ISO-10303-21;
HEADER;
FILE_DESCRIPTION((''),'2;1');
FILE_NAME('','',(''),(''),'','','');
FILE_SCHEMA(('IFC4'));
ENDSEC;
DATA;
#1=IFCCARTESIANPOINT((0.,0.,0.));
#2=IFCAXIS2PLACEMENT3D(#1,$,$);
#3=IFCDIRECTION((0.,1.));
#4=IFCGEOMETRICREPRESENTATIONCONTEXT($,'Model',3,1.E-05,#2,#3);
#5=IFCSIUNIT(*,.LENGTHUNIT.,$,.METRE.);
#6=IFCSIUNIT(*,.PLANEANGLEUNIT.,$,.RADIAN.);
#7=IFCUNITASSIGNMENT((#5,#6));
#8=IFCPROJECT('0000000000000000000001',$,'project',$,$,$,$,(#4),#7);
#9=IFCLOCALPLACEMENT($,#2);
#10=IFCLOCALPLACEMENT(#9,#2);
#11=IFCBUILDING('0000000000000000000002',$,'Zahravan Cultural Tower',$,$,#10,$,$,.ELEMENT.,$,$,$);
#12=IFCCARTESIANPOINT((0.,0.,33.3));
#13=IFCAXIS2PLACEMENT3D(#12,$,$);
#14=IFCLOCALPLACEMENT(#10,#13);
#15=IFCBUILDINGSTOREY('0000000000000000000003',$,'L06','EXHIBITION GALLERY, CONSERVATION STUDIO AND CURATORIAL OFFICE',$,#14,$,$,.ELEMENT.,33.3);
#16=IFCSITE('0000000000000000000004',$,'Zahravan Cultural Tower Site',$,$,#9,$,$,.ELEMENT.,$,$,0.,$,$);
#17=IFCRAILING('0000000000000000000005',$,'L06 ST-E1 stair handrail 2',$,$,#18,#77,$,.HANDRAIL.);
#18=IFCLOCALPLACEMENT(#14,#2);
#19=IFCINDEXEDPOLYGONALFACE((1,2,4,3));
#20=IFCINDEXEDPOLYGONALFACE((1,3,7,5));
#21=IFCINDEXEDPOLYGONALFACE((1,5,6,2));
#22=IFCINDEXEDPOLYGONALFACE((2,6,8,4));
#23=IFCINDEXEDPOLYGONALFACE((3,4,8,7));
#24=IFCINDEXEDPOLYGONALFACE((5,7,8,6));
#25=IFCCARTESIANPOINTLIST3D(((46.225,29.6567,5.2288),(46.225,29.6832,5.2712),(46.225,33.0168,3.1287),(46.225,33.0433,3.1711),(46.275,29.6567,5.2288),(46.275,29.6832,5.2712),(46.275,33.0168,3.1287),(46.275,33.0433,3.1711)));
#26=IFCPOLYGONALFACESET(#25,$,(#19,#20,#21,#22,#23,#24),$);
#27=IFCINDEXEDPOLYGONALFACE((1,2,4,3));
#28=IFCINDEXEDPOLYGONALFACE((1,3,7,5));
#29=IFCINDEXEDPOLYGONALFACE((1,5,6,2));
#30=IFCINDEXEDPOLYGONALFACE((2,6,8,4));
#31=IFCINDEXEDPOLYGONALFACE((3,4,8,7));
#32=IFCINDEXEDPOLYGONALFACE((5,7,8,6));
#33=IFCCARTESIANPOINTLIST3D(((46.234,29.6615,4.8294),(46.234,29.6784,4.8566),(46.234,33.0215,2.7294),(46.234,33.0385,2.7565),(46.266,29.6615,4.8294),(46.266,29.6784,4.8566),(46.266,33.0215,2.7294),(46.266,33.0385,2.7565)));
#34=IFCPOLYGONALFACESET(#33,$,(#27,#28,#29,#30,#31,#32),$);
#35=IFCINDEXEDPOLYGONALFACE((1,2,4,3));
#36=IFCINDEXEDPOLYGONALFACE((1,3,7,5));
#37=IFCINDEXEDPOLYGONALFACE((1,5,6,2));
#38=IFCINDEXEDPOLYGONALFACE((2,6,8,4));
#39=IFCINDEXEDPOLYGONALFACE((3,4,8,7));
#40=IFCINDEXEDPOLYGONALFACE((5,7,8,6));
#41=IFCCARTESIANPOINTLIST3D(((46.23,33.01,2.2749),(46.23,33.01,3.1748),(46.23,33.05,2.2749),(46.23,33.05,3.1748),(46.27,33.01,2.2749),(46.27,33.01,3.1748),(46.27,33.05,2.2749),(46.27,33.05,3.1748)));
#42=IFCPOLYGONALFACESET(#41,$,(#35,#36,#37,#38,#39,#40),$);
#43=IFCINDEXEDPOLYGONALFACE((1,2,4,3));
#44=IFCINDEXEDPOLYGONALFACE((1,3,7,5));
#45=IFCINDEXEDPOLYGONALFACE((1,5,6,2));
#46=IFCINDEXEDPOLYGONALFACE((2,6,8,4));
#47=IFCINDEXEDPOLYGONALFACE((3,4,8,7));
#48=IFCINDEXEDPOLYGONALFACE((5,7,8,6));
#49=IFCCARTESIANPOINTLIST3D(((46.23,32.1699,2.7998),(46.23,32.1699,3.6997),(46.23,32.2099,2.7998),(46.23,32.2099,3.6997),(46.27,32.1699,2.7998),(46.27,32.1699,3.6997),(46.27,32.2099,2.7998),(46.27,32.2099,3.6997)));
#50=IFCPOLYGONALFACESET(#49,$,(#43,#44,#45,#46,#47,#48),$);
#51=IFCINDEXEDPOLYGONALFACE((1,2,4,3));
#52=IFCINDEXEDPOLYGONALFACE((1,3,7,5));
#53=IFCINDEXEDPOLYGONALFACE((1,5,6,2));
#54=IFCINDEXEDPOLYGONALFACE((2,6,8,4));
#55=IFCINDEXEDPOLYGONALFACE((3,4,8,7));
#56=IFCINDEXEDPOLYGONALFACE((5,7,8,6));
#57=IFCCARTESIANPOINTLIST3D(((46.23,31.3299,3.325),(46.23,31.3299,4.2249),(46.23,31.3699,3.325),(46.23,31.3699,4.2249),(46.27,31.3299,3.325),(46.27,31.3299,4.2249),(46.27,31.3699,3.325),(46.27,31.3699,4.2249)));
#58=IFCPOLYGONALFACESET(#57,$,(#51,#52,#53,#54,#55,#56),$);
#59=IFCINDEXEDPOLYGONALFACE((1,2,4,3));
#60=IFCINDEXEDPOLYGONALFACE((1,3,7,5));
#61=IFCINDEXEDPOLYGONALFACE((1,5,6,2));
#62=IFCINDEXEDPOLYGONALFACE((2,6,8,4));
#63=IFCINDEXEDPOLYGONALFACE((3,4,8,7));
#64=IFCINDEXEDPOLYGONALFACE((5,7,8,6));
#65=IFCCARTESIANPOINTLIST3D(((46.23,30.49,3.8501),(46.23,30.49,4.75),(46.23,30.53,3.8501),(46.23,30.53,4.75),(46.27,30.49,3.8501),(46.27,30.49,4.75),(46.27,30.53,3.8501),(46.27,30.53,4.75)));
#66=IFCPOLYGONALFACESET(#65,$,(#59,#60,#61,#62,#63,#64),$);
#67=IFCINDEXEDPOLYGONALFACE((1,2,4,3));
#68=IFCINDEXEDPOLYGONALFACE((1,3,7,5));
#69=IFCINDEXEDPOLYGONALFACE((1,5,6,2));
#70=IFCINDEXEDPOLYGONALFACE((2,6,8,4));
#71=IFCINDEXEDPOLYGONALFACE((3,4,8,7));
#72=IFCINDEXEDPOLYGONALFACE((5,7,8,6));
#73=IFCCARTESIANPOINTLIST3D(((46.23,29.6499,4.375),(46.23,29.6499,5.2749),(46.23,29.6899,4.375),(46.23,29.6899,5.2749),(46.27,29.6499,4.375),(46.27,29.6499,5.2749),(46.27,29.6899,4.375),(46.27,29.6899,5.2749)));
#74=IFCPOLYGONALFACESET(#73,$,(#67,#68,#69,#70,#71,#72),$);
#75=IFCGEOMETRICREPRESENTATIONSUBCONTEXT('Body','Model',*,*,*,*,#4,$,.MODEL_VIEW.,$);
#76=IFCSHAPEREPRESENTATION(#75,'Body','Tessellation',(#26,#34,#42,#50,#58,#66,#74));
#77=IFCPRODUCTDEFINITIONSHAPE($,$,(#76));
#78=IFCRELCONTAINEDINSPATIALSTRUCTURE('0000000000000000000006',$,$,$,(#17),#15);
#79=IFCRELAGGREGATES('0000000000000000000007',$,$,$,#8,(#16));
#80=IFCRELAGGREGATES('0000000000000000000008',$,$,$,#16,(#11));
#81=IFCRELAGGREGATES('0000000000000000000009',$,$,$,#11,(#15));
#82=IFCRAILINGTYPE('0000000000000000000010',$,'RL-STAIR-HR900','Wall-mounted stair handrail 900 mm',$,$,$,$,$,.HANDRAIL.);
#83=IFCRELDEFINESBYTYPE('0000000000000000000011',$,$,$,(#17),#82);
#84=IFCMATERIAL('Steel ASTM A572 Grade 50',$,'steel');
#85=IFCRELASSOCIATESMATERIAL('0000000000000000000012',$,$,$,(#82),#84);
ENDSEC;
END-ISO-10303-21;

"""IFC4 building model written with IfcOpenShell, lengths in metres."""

from ifc_helpers import new_model, si_unit, direction, frame, origin, origin_2d, place, context, subcontext, project, spatial, rectangle, extrude, material, type_object, element, save


model = new_model("IFC4")

# Units and contexts
model_context = context("Model", 3, precision=1e-05, world=origin(), true_north=direction((0.0, 1.0)))
body_context = subcontext(model_context, "Body", "Model", "MODEL_VIEW")
ifc_project = project(units=[si_unit("LENGTHUNIT", "METRE"), si_unit("PLANEANGLEUNIT", "RADIAN")], contexts=[model_context])

# Site, building, storey
site_placement = place(None, origin())
site = spatial("IfcSite", under=ifc_project, at=site_placement, Name="Zahravan Cultural Tower Site", CompositionType="ELEMENT", RefElevation=0.0)
building_placement = place(site_placement, origin())
building = spatial("IfcBuilding", under=site, at=building_placement, Name="Zahravan Cultural Tower", CompositionType="ELEMENT")
storey_placement = place(building_placement, frame((0.0, 0.0, 33.3)))
storey = spatial("IfcBuildingStorey", under=building, at=storey_placement, Name="L06", Description="EXHIBITION GALLERY, CONSERVATION STUDIO AND CURATORIAL OFFICE", CompositionType="ELEMENT", Elevation=33.3)

# Shared definitions
ifc_material_1 = material(Name="Steel ASTM A572 Grade 50", Category="steel")

# Railing
railing_type = type_object("IfcRailingType", Name="RL-STAIR-HR900", Description="Wall-mounted stair handrail 900 mm", PredefinedType="HANDRAIL", material=ifc_material_1)
railing_placement = place(storey_placement, frame((46.25, 33.03, 2.2749)))
element("IfcRailing", 1, at=railing_placement, inside=storey, type_object=railing_type, Name="L06 ST-E1 stair handrail 2", PredefinedType="HANDRAIL", context=body_context, shape_type="SweptSolid", body=[
    extrude(rectangle(XDim=0.05, YDim=0.05, at=origin_2d()), frame((0.0, 0.0, 0.875), z_axis=(0.0, -0.847995, 0.530004), x_axis=(1.0, 0.0, 0.0)), (0.0, 0.0, 1.0), 3.9624),
    extrude(rectangle(XDim=0.032, YDim=0.032, at=origin_2d()), frame((0.0, 0.0, 0.468), z_axis=(0.0, -0.847995, 0.530004), x_axis=(1.0, 0.0, 0.0)), (0.0, 0.0, 1.0), 3.9624),
    extrude(rectangle(XDim=0.04, YDim=0.04, at=origin_2d()), origin(), (0.0, 0.0, 1.0), 0.8999),
    extrude(rectangle(XDim=0.04, YDim=0.04, at=origin_2d()), frame((0.0, -0.8401, 0.5249)), (0.0, 0.0, 1.0), 0.8999),
    extrude(rectangle(XDim=0.04, YDim=0.04, at=origin_2d()), frame((0.0, -1.6802, 1.05)), (0.0, 0.0, 1.0), 0.8999),
    extrude(rectangle(XDim=0.04, YDim=0.04, at=origin_2d()), frame((0.0, -2.52, 1.5752)), (0.0, 0.0, 1.0), 0.8999),
    extrude(rectangle(XDim=0.04, YDim=0.04, at=origin_2d()), frame((0.0, -3.3601, 2.1001)), (0.0, 0.0, 1.0), 0.8999),
])

save(model, "model.ifc")
